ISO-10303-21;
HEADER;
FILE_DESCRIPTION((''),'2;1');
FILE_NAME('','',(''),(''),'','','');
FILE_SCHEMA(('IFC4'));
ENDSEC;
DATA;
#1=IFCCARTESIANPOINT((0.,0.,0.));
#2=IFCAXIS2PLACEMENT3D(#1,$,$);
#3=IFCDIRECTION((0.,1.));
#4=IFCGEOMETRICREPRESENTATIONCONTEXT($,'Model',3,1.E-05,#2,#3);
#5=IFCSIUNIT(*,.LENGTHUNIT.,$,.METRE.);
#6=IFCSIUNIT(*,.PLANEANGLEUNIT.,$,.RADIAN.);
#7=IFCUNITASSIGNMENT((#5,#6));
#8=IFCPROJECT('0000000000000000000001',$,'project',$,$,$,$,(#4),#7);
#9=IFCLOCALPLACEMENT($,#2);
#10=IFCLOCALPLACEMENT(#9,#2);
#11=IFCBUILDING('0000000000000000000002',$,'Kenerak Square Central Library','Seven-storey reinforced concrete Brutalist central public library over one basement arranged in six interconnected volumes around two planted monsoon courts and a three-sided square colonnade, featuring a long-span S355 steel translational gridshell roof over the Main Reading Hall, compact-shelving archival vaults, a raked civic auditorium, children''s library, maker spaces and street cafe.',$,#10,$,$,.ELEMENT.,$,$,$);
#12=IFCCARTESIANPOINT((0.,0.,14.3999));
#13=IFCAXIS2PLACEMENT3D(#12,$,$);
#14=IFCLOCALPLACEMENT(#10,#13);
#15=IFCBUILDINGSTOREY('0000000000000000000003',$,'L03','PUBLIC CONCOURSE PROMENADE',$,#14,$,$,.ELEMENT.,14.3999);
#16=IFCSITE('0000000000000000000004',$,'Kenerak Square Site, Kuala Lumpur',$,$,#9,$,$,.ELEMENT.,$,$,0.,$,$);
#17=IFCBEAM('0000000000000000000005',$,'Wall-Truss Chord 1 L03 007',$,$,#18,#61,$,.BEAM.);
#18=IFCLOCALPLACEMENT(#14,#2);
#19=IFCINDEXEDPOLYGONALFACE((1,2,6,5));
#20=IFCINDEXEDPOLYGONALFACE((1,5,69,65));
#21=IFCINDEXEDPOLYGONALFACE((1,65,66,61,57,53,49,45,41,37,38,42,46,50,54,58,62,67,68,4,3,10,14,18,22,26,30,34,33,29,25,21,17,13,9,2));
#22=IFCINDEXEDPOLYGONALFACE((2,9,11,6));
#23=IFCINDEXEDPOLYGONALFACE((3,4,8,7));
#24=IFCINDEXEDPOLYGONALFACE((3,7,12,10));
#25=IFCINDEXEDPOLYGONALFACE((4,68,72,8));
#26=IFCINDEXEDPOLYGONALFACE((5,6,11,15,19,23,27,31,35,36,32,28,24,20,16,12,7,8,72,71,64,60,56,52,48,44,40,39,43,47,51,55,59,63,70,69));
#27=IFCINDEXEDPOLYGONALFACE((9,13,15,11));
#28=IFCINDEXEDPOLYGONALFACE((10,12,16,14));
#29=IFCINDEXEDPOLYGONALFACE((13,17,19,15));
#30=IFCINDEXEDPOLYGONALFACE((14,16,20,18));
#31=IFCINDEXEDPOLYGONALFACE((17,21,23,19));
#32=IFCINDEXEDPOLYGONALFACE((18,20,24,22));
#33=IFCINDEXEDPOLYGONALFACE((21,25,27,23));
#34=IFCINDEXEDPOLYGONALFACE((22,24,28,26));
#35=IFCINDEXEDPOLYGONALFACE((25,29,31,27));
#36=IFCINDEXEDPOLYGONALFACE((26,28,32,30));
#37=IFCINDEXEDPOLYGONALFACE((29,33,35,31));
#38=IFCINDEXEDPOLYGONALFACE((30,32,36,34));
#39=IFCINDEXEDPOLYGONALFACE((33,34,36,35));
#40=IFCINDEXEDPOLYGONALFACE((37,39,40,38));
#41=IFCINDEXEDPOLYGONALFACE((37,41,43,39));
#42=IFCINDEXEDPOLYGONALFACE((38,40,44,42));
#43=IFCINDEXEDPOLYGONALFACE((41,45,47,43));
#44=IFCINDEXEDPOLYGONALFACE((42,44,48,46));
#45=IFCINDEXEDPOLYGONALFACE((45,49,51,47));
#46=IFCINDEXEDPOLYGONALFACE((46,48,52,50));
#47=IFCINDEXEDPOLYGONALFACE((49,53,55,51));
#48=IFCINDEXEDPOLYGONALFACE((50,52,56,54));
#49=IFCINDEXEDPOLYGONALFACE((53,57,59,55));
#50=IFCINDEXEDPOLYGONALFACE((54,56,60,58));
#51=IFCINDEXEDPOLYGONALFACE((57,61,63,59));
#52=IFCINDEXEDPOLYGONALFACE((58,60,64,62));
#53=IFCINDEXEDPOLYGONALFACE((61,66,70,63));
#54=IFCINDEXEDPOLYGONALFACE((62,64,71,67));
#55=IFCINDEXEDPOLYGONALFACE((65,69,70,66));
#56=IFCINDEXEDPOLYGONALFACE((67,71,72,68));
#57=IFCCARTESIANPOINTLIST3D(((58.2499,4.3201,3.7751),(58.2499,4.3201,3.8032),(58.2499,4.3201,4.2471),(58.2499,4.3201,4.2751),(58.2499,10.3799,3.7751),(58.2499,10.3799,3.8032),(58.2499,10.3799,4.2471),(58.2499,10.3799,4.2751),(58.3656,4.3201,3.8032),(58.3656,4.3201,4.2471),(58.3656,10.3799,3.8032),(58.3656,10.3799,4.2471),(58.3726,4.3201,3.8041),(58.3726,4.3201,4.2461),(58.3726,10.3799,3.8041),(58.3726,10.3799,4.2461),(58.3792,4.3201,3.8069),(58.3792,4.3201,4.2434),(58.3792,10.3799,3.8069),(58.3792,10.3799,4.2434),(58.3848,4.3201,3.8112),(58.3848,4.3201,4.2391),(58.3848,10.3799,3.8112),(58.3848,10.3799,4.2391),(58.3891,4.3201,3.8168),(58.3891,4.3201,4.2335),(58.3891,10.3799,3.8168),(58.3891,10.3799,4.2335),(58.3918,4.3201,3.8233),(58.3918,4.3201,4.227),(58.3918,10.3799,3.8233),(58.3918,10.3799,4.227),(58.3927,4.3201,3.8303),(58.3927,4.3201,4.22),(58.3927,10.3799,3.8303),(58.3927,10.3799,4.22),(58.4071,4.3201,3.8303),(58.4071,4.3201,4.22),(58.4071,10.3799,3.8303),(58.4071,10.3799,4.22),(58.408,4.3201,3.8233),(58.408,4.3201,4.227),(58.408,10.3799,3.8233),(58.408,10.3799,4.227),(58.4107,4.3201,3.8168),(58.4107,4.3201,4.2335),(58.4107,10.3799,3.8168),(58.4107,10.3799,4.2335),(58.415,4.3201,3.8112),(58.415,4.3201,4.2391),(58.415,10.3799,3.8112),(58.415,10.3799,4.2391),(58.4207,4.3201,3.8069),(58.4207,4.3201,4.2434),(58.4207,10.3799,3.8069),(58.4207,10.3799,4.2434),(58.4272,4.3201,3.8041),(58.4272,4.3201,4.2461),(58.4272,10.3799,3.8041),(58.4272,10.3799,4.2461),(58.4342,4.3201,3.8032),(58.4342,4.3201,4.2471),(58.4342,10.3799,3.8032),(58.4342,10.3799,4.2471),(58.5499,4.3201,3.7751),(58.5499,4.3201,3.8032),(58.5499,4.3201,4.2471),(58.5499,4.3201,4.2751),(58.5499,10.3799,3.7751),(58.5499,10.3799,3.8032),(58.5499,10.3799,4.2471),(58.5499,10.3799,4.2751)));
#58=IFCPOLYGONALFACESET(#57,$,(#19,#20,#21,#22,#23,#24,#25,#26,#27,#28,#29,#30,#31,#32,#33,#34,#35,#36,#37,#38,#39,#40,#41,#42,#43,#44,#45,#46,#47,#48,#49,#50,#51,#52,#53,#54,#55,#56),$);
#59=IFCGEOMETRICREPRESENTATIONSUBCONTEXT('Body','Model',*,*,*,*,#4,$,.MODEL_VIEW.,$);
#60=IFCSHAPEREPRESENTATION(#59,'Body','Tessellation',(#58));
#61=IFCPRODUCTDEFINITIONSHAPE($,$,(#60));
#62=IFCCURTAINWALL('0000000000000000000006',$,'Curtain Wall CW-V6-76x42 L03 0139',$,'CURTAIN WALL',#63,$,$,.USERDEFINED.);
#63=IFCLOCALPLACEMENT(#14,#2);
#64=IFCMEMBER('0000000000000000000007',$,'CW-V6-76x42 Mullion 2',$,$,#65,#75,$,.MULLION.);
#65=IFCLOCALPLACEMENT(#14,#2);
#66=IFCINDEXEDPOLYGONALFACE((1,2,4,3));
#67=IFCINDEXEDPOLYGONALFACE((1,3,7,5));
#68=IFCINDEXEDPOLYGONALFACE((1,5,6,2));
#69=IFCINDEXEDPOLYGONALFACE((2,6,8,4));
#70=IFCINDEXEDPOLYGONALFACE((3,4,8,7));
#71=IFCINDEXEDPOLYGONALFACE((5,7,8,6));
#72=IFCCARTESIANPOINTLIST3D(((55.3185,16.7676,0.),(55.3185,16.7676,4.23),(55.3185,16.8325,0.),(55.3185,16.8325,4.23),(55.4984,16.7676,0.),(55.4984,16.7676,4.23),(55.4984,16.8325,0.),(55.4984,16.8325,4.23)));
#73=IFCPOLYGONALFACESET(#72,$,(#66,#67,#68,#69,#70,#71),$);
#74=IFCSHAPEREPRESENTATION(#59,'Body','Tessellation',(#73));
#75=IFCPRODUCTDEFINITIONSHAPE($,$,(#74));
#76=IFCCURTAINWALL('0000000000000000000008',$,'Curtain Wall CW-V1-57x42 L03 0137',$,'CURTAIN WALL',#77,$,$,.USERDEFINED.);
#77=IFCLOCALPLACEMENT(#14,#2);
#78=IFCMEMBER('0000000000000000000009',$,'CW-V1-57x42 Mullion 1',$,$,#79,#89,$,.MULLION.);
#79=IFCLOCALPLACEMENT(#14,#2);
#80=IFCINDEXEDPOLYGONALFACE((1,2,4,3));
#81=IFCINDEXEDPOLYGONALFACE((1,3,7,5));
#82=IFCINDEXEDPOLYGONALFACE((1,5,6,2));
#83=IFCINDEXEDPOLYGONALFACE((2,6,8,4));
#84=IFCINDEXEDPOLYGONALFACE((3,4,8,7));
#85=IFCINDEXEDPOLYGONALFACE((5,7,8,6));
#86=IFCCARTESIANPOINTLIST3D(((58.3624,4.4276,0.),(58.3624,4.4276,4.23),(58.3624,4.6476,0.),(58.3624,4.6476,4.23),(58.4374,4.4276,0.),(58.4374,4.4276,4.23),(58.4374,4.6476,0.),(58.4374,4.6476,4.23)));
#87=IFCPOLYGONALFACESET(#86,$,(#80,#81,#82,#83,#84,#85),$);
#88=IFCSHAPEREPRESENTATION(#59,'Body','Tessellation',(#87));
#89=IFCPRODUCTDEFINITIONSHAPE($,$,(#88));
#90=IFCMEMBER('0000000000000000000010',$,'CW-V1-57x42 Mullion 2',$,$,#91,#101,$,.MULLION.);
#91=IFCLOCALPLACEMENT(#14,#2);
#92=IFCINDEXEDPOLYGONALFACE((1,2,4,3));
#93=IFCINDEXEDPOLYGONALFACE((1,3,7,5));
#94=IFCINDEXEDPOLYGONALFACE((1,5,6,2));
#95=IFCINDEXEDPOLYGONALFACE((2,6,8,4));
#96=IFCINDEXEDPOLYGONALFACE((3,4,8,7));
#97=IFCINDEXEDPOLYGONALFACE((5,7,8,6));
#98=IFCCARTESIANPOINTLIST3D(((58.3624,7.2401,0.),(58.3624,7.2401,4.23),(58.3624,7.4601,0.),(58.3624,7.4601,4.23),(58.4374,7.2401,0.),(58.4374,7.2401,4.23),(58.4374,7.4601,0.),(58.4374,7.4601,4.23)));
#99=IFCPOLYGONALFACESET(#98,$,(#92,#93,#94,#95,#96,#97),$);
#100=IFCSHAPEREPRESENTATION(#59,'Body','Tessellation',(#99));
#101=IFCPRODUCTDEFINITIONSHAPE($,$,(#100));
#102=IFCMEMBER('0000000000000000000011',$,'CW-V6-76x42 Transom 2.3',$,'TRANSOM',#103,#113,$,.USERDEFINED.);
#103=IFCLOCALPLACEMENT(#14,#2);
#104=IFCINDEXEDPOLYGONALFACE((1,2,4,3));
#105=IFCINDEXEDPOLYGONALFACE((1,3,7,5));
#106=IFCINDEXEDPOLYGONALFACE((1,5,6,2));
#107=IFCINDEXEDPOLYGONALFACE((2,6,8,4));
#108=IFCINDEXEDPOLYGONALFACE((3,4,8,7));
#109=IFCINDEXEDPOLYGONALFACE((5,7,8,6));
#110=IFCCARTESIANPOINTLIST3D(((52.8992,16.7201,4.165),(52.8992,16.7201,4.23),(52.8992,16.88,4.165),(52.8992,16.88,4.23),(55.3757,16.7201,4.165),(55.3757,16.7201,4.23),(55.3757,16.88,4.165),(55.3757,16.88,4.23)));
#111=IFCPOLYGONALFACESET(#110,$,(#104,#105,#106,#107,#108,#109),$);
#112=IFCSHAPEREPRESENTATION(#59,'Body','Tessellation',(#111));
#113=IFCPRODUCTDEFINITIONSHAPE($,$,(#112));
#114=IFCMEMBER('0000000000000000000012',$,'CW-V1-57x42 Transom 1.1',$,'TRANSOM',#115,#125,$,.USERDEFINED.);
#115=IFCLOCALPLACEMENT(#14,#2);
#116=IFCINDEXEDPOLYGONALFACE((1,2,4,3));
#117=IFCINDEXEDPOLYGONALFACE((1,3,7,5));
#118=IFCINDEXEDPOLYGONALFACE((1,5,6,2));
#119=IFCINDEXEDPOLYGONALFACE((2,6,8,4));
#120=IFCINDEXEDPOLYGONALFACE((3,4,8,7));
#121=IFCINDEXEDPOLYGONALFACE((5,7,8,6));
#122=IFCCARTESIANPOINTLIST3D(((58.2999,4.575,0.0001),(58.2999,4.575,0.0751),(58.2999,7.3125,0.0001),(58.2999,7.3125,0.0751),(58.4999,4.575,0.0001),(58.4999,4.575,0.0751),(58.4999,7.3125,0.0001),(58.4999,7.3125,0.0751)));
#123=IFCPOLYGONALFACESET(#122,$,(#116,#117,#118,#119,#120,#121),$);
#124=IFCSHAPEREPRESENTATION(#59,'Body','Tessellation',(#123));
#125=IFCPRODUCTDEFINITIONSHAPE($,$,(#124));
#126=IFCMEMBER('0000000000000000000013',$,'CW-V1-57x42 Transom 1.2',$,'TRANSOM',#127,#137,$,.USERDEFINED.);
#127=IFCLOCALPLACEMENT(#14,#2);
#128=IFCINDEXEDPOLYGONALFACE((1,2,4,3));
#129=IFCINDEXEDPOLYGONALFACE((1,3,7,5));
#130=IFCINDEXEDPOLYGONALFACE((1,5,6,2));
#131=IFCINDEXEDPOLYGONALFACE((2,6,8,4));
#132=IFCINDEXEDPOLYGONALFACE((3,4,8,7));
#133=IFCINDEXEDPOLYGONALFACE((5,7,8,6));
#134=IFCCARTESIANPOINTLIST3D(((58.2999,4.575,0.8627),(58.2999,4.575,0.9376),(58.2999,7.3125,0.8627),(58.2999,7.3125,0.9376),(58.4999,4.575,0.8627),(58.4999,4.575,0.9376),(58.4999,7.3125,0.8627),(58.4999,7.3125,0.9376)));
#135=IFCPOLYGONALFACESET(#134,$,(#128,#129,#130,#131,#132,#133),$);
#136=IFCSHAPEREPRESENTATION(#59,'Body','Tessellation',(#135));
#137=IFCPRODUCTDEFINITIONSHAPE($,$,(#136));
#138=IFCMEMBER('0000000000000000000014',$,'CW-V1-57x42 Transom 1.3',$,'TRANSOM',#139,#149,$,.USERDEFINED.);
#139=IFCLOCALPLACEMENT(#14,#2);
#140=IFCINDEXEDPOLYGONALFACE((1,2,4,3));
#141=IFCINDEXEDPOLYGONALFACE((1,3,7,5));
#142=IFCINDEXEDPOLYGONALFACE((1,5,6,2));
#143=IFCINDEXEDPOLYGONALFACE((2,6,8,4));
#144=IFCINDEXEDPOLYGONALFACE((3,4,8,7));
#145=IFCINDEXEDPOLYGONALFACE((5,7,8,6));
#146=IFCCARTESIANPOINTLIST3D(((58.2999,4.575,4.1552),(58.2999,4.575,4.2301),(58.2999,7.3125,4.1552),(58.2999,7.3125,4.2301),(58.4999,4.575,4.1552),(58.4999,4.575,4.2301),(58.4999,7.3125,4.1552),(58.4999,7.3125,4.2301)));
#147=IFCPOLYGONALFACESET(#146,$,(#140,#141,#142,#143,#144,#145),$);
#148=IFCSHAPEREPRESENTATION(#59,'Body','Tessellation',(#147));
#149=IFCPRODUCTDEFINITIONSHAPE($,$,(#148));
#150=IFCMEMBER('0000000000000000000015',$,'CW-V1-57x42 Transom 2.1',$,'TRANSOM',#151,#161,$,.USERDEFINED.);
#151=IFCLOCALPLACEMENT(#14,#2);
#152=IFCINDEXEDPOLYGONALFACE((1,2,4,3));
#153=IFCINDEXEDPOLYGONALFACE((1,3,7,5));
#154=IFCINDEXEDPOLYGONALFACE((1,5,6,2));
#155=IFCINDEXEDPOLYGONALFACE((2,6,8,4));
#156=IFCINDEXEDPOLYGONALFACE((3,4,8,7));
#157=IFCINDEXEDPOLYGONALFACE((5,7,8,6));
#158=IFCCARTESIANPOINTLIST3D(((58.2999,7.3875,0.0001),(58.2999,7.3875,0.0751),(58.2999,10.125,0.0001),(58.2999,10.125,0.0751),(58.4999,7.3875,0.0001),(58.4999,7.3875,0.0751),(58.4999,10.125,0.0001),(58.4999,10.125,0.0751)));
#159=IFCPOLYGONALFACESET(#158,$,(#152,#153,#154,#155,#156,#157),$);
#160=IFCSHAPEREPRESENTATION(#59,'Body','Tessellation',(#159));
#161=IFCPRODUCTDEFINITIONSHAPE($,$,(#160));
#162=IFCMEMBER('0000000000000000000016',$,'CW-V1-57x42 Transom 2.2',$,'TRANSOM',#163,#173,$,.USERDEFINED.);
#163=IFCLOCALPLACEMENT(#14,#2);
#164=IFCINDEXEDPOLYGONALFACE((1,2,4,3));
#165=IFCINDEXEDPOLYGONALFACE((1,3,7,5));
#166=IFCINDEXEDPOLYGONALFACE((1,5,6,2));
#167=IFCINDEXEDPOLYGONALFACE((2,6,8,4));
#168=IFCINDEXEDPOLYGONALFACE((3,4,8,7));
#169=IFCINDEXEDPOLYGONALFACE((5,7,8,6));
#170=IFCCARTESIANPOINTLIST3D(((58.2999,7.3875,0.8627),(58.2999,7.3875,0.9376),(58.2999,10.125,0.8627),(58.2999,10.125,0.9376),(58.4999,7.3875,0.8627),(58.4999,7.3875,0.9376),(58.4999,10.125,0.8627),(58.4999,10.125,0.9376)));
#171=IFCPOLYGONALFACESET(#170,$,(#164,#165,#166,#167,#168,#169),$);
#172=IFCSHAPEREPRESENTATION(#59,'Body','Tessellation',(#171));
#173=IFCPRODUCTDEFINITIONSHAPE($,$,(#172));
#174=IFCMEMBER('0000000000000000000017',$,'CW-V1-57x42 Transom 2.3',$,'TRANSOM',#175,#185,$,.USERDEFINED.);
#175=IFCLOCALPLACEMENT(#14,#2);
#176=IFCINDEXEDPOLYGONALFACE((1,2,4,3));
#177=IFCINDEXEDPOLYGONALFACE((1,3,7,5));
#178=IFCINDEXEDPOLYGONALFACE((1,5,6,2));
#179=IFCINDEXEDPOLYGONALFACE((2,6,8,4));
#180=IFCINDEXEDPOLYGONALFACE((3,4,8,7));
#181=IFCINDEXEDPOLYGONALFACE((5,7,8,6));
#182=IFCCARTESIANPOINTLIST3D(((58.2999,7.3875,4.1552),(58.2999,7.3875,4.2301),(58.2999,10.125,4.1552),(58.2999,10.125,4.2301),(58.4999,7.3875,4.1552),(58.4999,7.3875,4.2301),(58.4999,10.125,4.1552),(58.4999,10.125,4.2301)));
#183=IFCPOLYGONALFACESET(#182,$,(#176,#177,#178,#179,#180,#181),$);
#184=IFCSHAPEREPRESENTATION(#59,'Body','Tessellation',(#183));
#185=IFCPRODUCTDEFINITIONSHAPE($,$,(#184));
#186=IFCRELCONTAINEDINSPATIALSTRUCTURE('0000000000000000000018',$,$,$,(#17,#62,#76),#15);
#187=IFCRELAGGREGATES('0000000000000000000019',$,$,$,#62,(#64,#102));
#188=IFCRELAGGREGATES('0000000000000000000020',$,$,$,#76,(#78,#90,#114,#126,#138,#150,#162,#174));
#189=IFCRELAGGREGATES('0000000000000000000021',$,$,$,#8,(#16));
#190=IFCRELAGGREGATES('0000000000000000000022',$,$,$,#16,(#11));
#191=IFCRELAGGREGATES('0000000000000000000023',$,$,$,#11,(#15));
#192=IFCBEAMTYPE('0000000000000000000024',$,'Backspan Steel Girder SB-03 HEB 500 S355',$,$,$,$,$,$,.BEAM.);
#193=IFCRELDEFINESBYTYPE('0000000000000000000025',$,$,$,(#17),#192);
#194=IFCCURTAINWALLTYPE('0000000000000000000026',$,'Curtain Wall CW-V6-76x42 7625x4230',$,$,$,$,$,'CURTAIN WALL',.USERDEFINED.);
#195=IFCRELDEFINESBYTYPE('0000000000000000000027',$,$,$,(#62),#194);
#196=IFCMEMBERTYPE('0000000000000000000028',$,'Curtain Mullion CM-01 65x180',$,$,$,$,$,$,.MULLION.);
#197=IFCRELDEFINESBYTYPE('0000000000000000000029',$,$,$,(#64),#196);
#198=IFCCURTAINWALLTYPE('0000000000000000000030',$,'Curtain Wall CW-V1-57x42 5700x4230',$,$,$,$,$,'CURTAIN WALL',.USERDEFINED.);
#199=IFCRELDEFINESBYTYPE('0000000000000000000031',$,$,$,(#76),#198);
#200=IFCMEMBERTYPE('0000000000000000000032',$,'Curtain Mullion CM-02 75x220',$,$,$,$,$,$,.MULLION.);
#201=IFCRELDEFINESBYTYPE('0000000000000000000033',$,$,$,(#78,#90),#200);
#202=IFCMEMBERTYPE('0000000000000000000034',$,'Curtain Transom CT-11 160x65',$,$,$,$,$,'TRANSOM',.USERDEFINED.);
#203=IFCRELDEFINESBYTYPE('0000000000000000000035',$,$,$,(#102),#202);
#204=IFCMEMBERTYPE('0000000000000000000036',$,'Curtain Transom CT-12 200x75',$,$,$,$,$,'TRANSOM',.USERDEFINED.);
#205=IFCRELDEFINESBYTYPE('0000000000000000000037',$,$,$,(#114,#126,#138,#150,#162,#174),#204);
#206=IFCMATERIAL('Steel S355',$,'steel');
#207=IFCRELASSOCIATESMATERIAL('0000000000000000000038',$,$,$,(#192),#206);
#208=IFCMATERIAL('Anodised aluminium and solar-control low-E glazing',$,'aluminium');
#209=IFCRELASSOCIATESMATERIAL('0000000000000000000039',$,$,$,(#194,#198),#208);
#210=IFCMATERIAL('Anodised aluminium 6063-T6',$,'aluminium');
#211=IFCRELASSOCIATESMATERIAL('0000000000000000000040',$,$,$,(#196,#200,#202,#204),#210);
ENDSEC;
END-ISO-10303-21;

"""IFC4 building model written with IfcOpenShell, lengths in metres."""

from ifc_helpers import new_model, si_unit, direction, frame, origin, origin_2d, place, context, subcontext, project, spatial, rectangle, i_section, extrude, material, material_profile, profile_set, type_object, element, aggregate, save


model = new_model("IFC4")

# Units and contexts
model_context = context("Model", 3, precision=1e-05, world=origin(), true_north=direction((0.0, 1.0)))
body_context = subcontext(model_context, "Body", "Model", "MODEL_VIEW")
ifc_project = project(units=[si_unit("LENGTHUNIT", "METRE"), si_unit("PLANEANGLEUNIT", "RADIAN")], contexts=[model_context])

# Site, building, storey
site_placement = place(None, origin())
site = spatial("IfcSite", under=ifc_project, at=site_placement, Name="Kenerak Square Site, Kuala Lumpur", CompositionType="ELEMENT", RefElevation=0.0)
building_placement = place(site_placement, origin())
building = spatial("IfcBuilding", under=site, at=building_placement, Name="Kenerak Square Central Library", Description="Seven-storey reinforced concrete Brutalist central public library over one basement arranged in six interconnected volumes around two planted monsoon courts and a three-sided square colonnade, featuring a long-span S355 steel translational gridshell roof over the Main Reading Hall, compact-shelving archival vaults, a raked civic auditorium, children's library, maker spaces and street cafe.", CompositionType="ELEMENT")
storey_placement = place(building_placement, frame((0.0, 0.0, 14.3999)))
storey = spatial("IfcBuildingStorey", under=building, at=storey_placement, Name="L03", Description="PUBLIC CONCOURSE PROMENADE", CompositionType="ELEMENT", Elevation=14.3999)

# Beam
ifc_material_1 = material(Name="Steel S355", Category="steel")
ifc_material_profile_1 = material_profile(ifc_material_1, i_section(OverallWidth=0.3, OverallDepth=0.5, WebThickness=0.0144, FlangeThickness=0.0281, FilletRadius=0.0271, at=origin_2d()), Name="HEB 500")
ifc_profile_set_1 = profile_set([ifc_material_profile_1], Name="Steel S355")
beam_type = type_object("IfcBeamType", Name="Backspan Steel Girder SB-03 HEB 500 S355", PredefinedType="BEAM", material=ifc_profile_set_1)
beam_placement = place(storey_placement, frame((58.3999, 4.3201, 4.0251), z_axis=(0.0, 1.0, 0.0), x_axis=(-1.0, 0.0, 0.0)))
element("IfcBeam", 1, at=beam_placement, inside=storey, type_object=beam_type, Name="Wall-Truss Chord 1 L03 007", PredefinedType="BEAM", context=body_context, shape_type="SweptSolid", body=[
    extrude(i_section(OverallWidth=0.3, OverallDepth=0.5, WebThickness=0.0144, FlangeThickness=0.0281, FilletRadius=0.0271, at=origin_2d()), origin(), (0.0, 0.0, 1.0), 6.0598),
])

# Curtain wall, member
ifc_material_2 = material(Name="Anodised aluminium and solar-control low-E glazing", Category="aluminium")
curtain_wall_type_1 = type_object("IfcCurtainWallType", Name="Curtain Wall CW-V6-76x42 7625x4230", ElementType="CURTAIN WALL", PredefinedType="USERDEFINED", material=ifc_material_2)
curtain_wall_1_placement = place(storey_placement, origin())
curtain_wall_1 = element("IfcCurtainWall", 2, at=curtain_wall_1_placement, inside=storey, type_object=curtain_wall_type_1, Name="Curtain Wall CW-V6-76x42 L03 0139", ObjectType="CURTAIN WALL", PredefinedType="USERDEFINED")
ifc_material_3 = material(Name="Anodised aluminium 6063-T6", Category="aluminium")
ifc_material_profile_2 = material_profile(ifc_material_3, rectangle(XDim=0.0649, YDim=0.1799, at=origin_2d()), Name="AL MULLION 65x180")
ifc_profile_set_2 = profile_set([ifc_material_profile_2], Name="Anodised aluminium 6063-T6")
member_type_1 = type_object("IfcMemberType", Name="Curtain Mullion CM-01 65x180", PredefinedType="MULLION", material=ifc_profile_set_2)
member_1_placement = place(storey_placement, frame((55.4084, 16.8, 0.0), z_axis=(0.0, 0.0, 1.0), x_axis=(0.0, -1.0, 0.0)))
member_1 = element("IfcMember", 3, at=member_1_placement, type_object=member_type_1, Name="CW-V6-76x42 Mullion 2", PredefinedType="MULLION", context=body_context, shape_type="SweptSolid", body=[
    extrude(rectangle(XDim=0.0649, YDim=0.1799, at=origin_2d()), origin(), (0.0, 0.0, 1.0), 4.23),
])

# Curtain wall, members
curtain_wall_type_2 = type_object("IfcCurtainWallType", Name="Curtain Wall CW-V1-57x42 5700x4230", ElementType="CURTAIN WALL", PredefinedType="USERDEFINED", material=ifc_material_2)
curtain_wall_2_placement = place(storey_placement, origin())
curtain_wall_2 = element("IfcCurtainWall", 4, at=curtain_wall_2_placement, inside=storey, type_object=curtain_wall_type_2, Name="Curtain Wall CW-V1-57x42 L03 0137", ObjectType="CURTAIN WALL", PredefinedType="USERDEFINED")
ifc_material_profile_3 = material_profile(ifc_material_3, rectangle(XDim=0.075, YDim=0.22, at=origin_2d()), Name="AL MULLION 75x220")
ifc_profile_set_3 = profile_set([ifc_material_profile_3], Name="Anodised aluminium 6063-T6")
member_type_2 = type_object("IfcMemberType", Name="Curtain Mullion CM-02 75x220", PredefinedType="MULLION", material=ifc_profile_set_3)
member_2_placement = place(storey_placement, frame((58.3999, 4.5376, 0.0), z_axis=(0.0, 0.0, 1.0), x_axis=(-1.0, 0.0, 0.0)))
member_2 = element("IfcMember", 5, at=member_2_placement, type_object=member_type_2, Name="CW-V1-57x42 Mullion 1", PredefinedType="MULLION", context=body_context, shape_type="SweptSolid", body=[
    extrude(rectangle(XDim=0.075, YDim=0.22, at=origin_2d()), origin(), (0.0, 0.0, 1.0), 4.23),
])
member_3_placement = place(storey_placement, frame((58.3999, 7.3501, 0.0), z_axis=(0.0, 0.0, 1.0), x_axis=(-1.0, 0.0, 0.0)))
member_3 = element("IfcMember", 6, at=member_3_placement, type_object=member_type_2, Name="CW-V1-57x42 Mullion 2", PredefinedType="MULLION", context=body_context, shape_type="SweptSolid", body=[
    extrude(rectangle(XDim=0.075, YDim=0.22, at=origin_2d()), origin(), (0.0, 0.0, 1.0), 4.23),
])

# Members
ifc_material_profile_4 = material_profile(ifc_material_3, rectangle(XDim=0.1599, YDim=0.0649, at=origin_2d()), Name="AL TRANSOM 160x65")
ifc_profile_set_4 = profile_set([ifc_material_profile_4], Name="Anodised aluminium 6063-T6")
member_type_3 = type_object("IfcMemberType", Name="Curtain Transom CT-11 160x65", ElementType="TRANSOM", PredefinedType="USERDEFINED", material=ifc_profile_set_4)
member_4_placement = place(storey_placement, frame((55.3757, 16.8, 4.1975), z_axis=(-1.0, 0.0, 0.0), x_axis=(0.0, -1.0, 0.0)))
member_4 = element("IfcMember", 7, at=member_4_placement, type_object=member_type_3, Name="CW-V6-76x42 Transom 2.3", ObjectType="TRANSOM", PredefinedType="USERDEFINED", context=body_context, shape_type="SweptSolid", body=[
    extrude(rectangle(XDim=0.1599, YDim=0.0649, at=origin_2d()), origin(), (0.0, 0.0, 1.0), 2.4766),
])
ifc_material_profile_5 = material_profile(ifc_material_3, rectangle(XDim=0.2, YDim=0.075, at=origin_2d()), Name="AL TRANSOM 200x75")
ifc_profile_set_5 = profile_set([ifc_material_profile_5], Name="Anodised aluminium 6063-T6")
member_type_4 = type_object("IfcMemberType", Name="Curtain Transom CT-12 200x75", ElementType="TRANSOM", PredefinedType="USERDEFINED", material=ifc_profile_set_5)
member_5_placement = place(storey_placement, frame((58.3999, 4.575, 0.0376), z_axis=(0.0, 1.0, 0.0), x_axis=(-1.0, 0.0, 0.0)))
member_5 = element("IfcMember", 8, at=member_5_placement, type_object=member_type_4, Name="CW-V1-57x42 Transom 1.1", ObjectType="TRANSOM", PredefinedType="USERDEFINED", context=body_context, shape_type="SweptSolid", body=[
    extrude(rectangle(XDim=0.2, YDim=0.075, at=origin_2d()), origin(), (0.0, 0.0, 1.0), 2.7375),
])
member_6_placement = place(storey_placement, frame((58.3999, 4.575, 0.9001), z_axis=(0.0, 1.0, 0.0), x_axis=(-1.0, 0.0, 0.0)))
member_6 = element("IfcMember", 9, at=member_6_placement, type_object=member_type_4, Name="CW-V1-57x42 Transom 1.2", ObjectType="TRANSOM", PredefinedType="USERDEFINED", context=body_context, shape_type="SweptSolid", body=[
    extrude(rectangle(XDim=0.2, YDim=0.075, at=origin_2d()), origin(), (0.0, 0.0, 1.0), 2.7375),
])
member_7_placement = place(storey_placement, frame((58.3999, 4.575, 4.1926), z_axis=(0.0, 1.0, 0.0), x_axis=(-1.0, 0.0, 0.0)))
member_7 = element("IfcMember", 10, at=member_7_placement, type_object=member_type_4, Name="CW-V1-57x42 Transom 1.3", ObjectType="TRANSOM", PredefinedType="USERDEFINED", context=body_context, shape_type="SweptSolid", body=[
    extrude(rectangle(XDim=0.2, YDim=0.075, at=origin_2d()), origin(), (0.0, 0.0, 1.0), 2.7375),
])
member_8_placement = place(storey_placement, frame((58.3999, 7.3875, 0.0376), z_axis=(0.0, 1.0, 0.0), x_axis=(-1.0, 0.0, 0.0)))
member_8 = element("IfcMember", 11, at=member_8_placement, type_object=member_type_4, Name="CW-V1-57x42 Transom 2.1", ObjectType="TRANSOM", PredefinedType="USERDEFINED", context=body_context, shape_type="SweptSolid", body=[
    extrude(rectangle(XDim=0.2, YDim=0.075, at=origin_2d()), origin(), (0.0, 0.0, 1.0), 2.7375),
])
member_9_placement = place(storey_placement, frame((58.3999, 7.3875, 0.9001), z_axis=(0.0, 1.0, 0.0), x_axis=(-1.0, 0.0, 0.0)))
member_9 = element("IfcMember", 12, at=member_9_placement, type_object=member_type_4, Name="CW-V1-57x42 Transom 2.2", ObjectType="TRANSOM", PredefinedType="USERDEFINED", context=body_context, shape_type="SweptSolid", body=[
    extrude(rectangle(XDim=0.2, YDim=0.075, at=origin_2d()), origin(), (0.0, 0.0, 1.0), 2.7375),
])
member_10_placement = place(storey_placement, frame((58.3999, 7.3875, 4.1926), z_axis=(0.0, 1.0, 0.0), x_axis=(-1.0, 0.0, 0.0)))
member_10 = element("IfcMember", 13, at=member_10_placement, type_object=member_type_4, Name="CW-V1-57x42 Transom 2.3", ObjectType="TRANSOM", PredefinedType="USERDEFINED", context=body_context, shape_type="SweptSolid", body=[
    extrude(rectangle(XDim=0.2, YDim=0.075, at=origin_2d()), origin(), (0.0, 0.0, 1.0), 2.7375),
])

aggregate(curtain_wall_1, [member_1, member_4])
aggregate(curtain_wall_2, [member_2, member_3, member_5, member_6, member_7, member_8, member_9, member_10])

save(model, "model.ifc")
